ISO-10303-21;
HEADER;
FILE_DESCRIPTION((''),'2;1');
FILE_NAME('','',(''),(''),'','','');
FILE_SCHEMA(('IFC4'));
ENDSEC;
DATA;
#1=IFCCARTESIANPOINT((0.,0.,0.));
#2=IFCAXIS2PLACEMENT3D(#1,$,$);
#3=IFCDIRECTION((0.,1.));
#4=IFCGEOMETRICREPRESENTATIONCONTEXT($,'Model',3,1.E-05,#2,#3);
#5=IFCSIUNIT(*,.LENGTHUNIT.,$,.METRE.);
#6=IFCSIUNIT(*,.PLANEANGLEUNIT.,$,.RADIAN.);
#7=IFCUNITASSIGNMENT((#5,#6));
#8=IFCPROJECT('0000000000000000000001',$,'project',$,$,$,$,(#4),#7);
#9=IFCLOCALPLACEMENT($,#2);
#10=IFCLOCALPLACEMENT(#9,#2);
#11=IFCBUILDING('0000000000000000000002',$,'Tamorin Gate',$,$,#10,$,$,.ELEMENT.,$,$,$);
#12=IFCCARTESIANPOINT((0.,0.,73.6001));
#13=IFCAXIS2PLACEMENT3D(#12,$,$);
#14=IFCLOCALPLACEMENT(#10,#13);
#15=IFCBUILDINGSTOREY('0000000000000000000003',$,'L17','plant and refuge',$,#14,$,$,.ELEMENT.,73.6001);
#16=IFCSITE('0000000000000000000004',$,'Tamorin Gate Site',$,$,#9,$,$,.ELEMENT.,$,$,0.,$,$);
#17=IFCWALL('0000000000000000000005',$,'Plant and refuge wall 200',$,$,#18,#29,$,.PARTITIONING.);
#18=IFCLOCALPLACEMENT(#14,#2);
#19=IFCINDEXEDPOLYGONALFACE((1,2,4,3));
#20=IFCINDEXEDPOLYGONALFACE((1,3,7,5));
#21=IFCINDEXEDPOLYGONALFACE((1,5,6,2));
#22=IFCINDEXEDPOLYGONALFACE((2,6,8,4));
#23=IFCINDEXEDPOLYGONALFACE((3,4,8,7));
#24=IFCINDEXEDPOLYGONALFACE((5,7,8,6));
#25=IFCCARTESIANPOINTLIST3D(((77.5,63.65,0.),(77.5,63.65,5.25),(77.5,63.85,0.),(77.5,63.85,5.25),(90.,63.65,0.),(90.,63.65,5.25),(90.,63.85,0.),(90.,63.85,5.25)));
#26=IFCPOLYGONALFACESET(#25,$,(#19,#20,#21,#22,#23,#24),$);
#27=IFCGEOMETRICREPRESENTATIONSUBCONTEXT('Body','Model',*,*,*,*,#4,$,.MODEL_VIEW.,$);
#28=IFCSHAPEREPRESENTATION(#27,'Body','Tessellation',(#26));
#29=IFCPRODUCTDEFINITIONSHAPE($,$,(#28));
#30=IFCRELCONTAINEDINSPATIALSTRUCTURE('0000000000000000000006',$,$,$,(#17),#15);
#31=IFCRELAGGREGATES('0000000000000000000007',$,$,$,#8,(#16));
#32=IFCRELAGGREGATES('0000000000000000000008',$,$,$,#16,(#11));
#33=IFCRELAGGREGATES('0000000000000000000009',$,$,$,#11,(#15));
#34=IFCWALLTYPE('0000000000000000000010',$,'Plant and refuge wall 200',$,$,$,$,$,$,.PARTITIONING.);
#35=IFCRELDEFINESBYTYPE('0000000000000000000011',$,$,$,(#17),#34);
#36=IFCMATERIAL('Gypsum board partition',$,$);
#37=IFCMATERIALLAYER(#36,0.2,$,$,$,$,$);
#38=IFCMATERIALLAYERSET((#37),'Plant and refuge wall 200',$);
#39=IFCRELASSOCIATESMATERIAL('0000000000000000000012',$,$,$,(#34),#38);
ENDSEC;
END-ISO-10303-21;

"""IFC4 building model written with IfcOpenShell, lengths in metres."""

from ifc_helpers import new_model, si_unit, direction, frame, frame_2d, origin, place, context, subcontext, project, spatial, rectangle, extrude, material, layer, layer_set, type_object, element, save


model = new_model("IFC4")

# Units and contexts
model_context = context("Model", 3, precision=1e-05, world=origin(), true_north=direction((0.0, 1.0)))
body_context = subcontext(model_context, "Body", "Model", "MODEL_VIEW")
ifc_project = project(units=[si_unit("LENGTHUNIT", "METRE"), si_unit("PLANEANGLEUNIT", "RADIAN")], contexts=[model_context])

# Site, building, storey
site_placement = place(None, origin())
site = spatial("IfcSite", under=ifc_project, at=site_placement, Name="Tamorin Gate Site", CompositionType="ELEMENT", RefElevation=0.0)
building_placement = place(site_placement, origin())
building = spatial("IfcBuilding", under=site, at=building_placement, Name="Tamorin Gate", CompositionType="ELEMENT")
storey_placement = place(building_placement, frame((0.0, 0.0, 73.6001)))
storey = spatial("IfcBuildingStorey", under=building, at=storey_placement, Name="L17", Description="plant and refuge", CompositionType="ELEMENT", Elevation=73.6001)

# Wall
ifc_material_1 = material(Name="Gypsum board partition")
ifc_layer = layer(ifc_material_1, 0.2)
ifc_layer_set = layer_set([ifc_layer], Name="Plant and refuge wall 200")
wall_type = type_object("IfcWallType", Name="Plant and refuge wall 200", PredefinedType="PARTITIONING", material=ifc_layer_set)
wall_placement = place(storey_placement, frame((77.5, 63.75, 0.0), z_axis=(0.0, 0.0, 1.0), x_axis=(1.0, 0.0, 0.0)))
element("IfcWall", 1, at=wall_placement, inside=storey, type_object=wall_type, Name="Plant and refuge wall 200", PredefinedType="PARTITIONING", context=body_context, shape_type="SweptSolid", body=[
    extrude(rectangle(XDim=12.5, YDim=0.2, at=frame_2d((6.25, 0.0))), origin(), (0.0, 0.0, 1.0), 5.25),
])

save(model, "model.ifc")
